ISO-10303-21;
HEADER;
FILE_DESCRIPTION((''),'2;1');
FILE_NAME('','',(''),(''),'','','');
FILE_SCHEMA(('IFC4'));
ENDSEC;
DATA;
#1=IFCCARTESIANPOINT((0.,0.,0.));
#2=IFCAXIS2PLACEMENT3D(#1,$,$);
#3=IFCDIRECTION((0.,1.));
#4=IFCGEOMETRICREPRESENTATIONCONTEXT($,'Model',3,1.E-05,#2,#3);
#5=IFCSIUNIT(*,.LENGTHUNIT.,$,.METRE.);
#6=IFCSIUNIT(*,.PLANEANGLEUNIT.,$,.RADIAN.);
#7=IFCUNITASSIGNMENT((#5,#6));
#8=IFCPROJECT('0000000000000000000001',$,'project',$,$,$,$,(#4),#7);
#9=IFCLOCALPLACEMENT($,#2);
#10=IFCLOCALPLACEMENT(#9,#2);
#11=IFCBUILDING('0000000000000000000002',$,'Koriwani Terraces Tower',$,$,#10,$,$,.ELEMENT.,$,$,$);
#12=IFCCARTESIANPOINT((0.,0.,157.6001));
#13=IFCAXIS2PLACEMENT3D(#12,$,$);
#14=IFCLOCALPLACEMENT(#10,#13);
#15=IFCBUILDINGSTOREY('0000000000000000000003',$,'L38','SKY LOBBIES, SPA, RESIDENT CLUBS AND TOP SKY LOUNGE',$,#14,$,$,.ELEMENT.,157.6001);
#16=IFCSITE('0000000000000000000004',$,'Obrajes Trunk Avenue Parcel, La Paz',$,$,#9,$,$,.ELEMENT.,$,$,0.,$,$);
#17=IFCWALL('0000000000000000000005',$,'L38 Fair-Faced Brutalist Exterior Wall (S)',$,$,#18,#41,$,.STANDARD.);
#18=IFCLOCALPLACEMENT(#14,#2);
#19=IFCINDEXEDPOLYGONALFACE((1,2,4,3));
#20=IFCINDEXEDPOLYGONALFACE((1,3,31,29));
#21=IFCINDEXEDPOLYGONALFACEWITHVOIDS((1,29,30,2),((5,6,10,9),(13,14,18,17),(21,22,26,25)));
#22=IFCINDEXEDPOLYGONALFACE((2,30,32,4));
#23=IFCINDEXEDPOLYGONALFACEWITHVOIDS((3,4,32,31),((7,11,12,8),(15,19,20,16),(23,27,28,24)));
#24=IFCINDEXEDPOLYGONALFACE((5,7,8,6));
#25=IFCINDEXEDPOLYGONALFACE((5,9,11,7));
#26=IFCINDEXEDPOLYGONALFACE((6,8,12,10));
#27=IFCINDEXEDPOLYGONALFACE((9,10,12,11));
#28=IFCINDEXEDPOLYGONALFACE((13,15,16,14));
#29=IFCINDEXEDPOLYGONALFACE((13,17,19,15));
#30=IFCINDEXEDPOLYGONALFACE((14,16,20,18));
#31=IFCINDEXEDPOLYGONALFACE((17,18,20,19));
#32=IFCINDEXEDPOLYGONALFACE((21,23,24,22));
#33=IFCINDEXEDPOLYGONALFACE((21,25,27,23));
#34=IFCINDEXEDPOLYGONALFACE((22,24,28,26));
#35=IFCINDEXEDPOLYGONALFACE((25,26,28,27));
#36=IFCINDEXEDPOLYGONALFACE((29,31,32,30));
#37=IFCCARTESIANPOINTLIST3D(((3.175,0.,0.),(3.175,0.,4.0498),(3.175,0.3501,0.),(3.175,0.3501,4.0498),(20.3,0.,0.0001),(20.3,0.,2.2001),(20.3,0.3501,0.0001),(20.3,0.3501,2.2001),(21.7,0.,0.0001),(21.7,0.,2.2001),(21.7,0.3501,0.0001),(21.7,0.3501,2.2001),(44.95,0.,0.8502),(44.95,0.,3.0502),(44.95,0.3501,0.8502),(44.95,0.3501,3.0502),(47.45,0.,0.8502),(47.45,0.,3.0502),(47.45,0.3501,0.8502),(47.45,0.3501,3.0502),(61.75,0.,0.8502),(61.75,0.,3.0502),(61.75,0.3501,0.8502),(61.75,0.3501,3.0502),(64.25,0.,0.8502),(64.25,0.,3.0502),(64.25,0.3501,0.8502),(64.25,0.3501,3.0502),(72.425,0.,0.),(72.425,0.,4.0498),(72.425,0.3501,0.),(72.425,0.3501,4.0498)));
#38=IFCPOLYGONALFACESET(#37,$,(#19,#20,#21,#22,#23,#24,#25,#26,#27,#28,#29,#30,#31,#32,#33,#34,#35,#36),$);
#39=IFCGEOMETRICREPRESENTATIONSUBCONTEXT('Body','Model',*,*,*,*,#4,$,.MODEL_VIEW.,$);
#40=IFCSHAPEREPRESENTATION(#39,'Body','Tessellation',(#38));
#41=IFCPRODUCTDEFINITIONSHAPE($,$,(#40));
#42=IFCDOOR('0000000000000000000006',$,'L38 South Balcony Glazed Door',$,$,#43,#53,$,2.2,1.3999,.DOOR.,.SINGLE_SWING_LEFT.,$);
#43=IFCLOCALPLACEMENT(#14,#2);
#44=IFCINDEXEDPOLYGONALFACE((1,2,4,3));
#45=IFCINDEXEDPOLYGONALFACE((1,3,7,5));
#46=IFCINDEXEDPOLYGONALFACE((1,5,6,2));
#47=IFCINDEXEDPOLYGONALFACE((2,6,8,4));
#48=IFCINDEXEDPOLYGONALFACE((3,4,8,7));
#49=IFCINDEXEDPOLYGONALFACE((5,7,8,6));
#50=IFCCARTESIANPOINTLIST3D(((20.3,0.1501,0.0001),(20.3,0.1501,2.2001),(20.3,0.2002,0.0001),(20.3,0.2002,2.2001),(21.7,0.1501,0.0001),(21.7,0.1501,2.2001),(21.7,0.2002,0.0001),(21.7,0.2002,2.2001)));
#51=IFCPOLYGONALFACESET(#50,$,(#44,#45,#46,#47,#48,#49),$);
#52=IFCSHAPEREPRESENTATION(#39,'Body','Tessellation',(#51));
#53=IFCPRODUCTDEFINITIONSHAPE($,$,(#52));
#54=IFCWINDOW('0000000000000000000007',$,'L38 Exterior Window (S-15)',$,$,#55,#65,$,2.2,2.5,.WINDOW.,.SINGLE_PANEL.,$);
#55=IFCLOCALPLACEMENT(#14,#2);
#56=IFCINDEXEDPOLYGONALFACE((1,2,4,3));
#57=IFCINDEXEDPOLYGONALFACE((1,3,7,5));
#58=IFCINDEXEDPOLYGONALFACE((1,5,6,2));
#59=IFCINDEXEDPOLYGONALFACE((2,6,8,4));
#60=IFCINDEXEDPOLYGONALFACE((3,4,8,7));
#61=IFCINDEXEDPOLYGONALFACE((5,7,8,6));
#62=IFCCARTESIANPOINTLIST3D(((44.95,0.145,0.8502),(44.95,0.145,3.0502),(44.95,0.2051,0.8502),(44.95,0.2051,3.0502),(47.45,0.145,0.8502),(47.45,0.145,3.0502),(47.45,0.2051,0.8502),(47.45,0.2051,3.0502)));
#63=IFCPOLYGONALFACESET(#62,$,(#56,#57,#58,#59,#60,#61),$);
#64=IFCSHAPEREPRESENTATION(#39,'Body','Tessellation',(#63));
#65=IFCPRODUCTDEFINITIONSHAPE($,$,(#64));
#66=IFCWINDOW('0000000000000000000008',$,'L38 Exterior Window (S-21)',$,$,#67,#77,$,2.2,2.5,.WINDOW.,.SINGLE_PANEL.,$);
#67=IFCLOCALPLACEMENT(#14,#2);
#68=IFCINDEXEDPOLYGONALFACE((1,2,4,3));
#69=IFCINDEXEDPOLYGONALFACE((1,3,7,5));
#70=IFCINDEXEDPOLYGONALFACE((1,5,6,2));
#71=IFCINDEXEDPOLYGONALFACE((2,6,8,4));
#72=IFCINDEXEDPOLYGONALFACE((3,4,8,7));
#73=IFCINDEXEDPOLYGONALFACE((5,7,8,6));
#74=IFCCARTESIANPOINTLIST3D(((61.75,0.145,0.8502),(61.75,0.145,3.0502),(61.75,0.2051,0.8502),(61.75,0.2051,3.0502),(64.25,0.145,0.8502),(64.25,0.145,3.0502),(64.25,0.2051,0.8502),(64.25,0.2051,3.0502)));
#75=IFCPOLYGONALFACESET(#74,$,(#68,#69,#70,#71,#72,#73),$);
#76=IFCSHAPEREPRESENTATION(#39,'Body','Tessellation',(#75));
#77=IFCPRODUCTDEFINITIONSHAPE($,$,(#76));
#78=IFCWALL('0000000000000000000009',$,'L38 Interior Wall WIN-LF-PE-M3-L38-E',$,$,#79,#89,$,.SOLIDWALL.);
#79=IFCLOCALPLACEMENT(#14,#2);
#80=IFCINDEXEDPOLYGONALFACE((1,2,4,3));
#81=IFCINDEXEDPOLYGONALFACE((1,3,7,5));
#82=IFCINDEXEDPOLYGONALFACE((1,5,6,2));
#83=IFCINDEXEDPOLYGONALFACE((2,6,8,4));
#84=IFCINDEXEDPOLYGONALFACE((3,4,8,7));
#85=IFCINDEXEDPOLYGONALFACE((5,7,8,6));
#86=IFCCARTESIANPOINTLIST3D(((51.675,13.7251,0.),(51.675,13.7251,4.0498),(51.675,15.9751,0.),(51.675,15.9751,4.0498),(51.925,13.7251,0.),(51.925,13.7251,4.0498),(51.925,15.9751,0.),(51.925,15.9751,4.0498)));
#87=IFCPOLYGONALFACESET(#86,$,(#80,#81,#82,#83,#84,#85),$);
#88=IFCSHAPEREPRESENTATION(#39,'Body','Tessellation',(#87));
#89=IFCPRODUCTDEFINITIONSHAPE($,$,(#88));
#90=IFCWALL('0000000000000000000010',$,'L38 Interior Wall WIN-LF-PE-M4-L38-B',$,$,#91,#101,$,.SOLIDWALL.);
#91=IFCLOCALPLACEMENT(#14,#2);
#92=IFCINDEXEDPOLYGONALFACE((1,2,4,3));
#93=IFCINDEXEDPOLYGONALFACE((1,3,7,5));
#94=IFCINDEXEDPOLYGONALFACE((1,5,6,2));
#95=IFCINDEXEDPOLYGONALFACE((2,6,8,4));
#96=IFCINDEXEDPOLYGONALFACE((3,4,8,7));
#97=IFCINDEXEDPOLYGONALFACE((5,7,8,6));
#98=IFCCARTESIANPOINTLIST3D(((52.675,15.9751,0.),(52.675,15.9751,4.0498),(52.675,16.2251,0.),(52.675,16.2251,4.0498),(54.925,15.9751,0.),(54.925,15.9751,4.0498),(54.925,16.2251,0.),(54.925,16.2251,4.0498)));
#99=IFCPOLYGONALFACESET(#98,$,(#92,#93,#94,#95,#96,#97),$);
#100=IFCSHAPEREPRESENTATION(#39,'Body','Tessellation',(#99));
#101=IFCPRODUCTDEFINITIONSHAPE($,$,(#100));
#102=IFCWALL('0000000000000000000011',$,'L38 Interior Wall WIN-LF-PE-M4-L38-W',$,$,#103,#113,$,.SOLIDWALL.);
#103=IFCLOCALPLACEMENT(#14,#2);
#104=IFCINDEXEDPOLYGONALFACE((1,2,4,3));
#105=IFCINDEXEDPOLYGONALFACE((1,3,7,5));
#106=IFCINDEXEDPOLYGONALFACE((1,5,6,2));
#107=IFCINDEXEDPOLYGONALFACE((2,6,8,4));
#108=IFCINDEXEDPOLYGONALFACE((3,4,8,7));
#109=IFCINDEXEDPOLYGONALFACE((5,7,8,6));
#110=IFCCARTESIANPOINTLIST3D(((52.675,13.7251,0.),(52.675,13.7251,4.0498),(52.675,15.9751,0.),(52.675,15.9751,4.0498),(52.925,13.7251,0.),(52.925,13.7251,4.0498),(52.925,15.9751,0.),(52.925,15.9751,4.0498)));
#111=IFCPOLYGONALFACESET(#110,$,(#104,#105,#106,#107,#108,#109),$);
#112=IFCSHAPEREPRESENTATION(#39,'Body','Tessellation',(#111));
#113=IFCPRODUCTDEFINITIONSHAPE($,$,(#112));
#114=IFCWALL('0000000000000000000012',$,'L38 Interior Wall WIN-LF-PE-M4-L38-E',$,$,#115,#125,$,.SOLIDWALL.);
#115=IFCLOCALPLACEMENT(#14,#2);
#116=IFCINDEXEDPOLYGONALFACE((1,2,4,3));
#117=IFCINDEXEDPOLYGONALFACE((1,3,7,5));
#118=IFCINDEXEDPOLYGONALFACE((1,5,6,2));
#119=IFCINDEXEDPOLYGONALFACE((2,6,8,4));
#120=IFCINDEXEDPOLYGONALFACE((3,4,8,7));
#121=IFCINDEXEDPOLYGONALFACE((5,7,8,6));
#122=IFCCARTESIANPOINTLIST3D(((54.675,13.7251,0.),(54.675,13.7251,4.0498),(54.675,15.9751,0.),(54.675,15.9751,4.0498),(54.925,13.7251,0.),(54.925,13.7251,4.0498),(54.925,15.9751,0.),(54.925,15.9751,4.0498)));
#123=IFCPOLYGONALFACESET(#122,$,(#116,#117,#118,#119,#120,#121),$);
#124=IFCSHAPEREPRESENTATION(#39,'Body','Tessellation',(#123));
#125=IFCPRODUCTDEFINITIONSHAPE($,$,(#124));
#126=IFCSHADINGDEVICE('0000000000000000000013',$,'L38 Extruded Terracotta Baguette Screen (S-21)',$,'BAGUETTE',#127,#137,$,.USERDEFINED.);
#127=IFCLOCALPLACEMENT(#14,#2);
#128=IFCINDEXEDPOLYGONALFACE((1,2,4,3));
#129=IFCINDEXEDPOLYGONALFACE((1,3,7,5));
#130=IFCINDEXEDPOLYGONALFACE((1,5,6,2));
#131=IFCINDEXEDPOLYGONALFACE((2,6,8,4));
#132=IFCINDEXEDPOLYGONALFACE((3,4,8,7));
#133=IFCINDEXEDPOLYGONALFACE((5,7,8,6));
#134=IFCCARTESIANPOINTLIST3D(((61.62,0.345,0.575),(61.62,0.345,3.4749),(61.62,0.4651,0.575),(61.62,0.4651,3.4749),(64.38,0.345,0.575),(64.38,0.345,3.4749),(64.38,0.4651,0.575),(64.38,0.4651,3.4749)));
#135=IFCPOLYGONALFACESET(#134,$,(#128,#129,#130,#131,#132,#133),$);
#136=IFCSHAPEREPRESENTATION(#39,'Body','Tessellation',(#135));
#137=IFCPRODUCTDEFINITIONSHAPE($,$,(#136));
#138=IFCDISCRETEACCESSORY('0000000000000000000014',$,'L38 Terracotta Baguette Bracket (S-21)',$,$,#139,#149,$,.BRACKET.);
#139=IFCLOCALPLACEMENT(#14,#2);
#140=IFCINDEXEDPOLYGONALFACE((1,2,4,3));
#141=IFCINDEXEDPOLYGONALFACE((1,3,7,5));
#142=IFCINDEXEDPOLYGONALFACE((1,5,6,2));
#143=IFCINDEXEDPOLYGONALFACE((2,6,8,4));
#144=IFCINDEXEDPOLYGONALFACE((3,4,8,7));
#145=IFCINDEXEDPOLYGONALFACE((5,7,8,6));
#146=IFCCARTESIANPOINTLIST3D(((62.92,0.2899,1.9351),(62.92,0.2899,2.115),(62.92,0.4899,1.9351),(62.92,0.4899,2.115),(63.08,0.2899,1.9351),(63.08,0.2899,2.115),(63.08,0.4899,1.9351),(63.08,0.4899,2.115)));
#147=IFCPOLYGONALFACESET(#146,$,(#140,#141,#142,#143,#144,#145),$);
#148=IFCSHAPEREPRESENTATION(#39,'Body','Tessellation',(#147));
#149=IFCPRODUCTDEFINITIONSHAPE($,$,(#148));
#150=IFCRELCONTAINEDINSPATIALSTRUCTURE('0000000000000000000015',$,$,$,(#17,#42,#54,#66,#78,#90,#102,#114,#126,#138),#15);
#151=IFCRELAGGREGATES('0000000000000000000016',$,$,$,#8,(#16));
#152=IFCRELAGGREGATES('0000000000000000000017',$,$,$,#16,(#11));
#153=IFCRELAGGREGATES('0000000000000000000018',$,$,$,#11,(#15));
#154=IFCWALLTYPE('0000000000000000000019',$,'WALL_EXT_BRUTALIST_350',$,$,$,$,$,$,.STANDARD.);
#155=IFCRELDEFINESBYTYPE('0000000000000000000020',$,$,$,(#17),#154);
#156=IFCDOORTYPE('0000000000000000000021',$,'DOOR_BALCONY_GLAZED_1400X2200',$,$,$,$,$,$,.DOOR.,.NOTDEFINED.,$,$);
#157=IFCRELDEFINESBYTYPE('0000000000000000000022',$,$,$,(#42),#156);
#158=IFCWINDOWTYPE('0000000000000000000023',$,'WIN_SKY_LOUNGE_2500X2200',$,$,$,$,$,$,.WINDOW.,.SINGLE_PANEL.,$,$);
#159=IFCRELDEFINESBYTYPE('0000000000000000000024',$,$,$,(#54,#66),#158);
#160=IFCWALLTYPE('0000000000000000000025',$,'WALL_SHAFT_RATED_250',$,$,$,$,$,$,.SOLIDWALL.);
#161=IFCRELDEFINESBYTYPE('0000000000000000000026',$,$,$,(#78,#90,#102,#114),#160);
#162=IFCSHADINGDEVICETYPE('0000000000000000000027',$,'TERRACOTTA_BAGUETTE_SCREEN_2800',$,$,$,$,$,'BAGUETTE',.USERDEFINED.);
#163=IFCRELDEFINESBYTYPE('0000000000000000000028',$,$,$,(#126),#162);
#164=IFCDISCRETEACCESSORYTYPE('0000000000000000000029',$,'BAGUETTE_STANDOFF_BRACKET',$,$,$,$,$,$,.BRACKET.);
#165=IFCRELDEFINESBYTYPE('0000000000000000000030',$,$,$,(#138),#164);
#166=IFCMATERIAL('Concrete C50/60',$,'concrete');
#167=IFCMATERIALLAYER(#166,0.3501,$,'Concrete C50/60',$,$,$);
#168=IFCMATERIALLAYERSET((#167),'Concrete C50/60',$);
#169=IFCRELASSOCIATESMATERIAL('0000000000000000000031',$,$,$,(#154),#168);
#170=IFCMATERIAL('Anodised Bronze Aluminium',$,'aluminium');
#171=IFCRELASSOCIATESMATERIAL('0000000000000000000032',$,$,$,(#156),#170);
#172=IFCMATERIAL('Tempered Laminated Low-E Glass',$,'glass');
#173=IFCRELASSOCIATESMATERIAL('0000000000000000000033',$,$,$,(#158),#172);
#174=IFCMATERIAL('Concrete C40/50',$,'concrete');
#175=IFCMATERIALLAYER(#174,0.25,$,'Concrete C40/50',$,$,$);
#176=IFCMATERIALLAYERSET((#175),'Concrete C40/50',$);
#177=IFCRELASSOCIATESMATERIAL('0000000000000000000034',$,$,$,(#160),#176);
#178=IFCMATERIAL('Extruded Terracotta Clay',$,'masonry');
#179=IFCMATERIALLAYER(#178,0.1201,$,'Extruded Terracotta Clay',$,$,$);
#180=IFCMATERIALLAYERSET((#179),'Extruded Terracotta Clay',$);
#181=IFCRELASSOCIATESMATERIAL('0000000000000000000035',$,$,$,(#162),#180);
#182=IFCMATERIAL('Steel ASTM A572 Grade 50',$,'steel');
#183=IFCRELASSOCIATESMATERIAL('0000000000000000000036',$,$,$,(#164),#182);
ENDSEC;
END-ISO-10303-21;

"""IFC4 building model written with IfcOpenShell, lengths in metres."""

from ifc_helpers import new_model, si_unit, direction, frame, frame_2d, origin, origin_2d, place, context, subcontext, project, spatial, rectangle, extrude, material, layer, layer_set, type_object, element, fill, save


model = new_model("IFC4")

# Units and contexts
model_context = context("Model", 3, precision=1e-05, world=origin(), true_north=direction((0.0, 1.0)))
body_context = subcontext(model_context, "Body", "Model", "MODEL_VIEW")
ifc_project = project(units=[si_unit("LENGTHUNIT", "METRE"), si_unit("PLANEANGLEUNIT", "RADIAN")], contexts=[model_context])

# Site, building, storey
site_placement = place(None, origin())
site = spatial("IfcSite", under=ifc_project, at=site_placement, Name="Obrajes Trunk Avenue Parcel, La Paz", CompositionType="ELEMENT", RefElevation=0.0)
building_placement = place(site_placement, origin())
building = spatial("IfcBuilding", under=site, at=building_placement, Name="Koriwani Terraces Tower", CompositionType="ELEMENT")
storey_placement = place(building_placement, frame((0.0, 0.0, 157.6001)))
storey = spatial("IfcBuildingStorey", under=building, at=storey_placement, Name="L38", Description="SKY LOBBIES, SPA, RESIDENT CLUBS AND TOP SKY LOUNGE", CompositionType="ELEMENT", Elevation=157.6001)

# Shared definitions
ifc_material_1 = material(Name="Concrete C50/60", Category="concrete")

# Shared definitions
ifc_material_2 = material(Name="Concrete C40/50", Category="concrete")

# Shared definitions
ifc_material_3 = material(Name="Anodised Bronze Aluminium", Category="aluminium")

# Shared definitions
ifc_material_4 = material(Name="Steel ASTM A572 Grade 50", Category="steel")

# Shared definitions
ifc_layer_1 = layer(ifc_material_1, 0.3501, Name="Concrete C50/60")
ifc_layer_set_1 = layer_set([ifc_layer_1], Name="Concrete C50/60")
wall_type_1 = type_object("IfcWallType", Name="WALL_EXT_BRUTALIST_350", PredefinedType="STANDARD", material=ifc_layer_set_1)

# Wall, openings, door, windows
wall_1_placement = place(storey_placement, frame((72.425, 0.175, 0.0), z_axis=(0.0, 0.0, 1.0), x_axis=(-1.0, 0.0, 0.0)))
wall_1 = element("IfcWall", 1, at=wall_1_placement, inside=storey, type_object=wall_type_1, Name="L38 Fair-Faced Brutalist Exterior Wall (S)", PredefinedType="STANDARD", context=body_context, shape_type="SweptSolid", body=[
    extrude(rectangle(XDim=69.25, YDim=0.3501, at=frame_2d((34.625, 0.0))), origin(), (0.0, 0.0, 1.0), 4.0498),
])
opening_1_placement = place(wall_1_placement, frame((50.7251, 0.0, 0.0)))
opening_1 = element("IfcOpeningElement", 2, at=opening_1_placement, cuts=wall_1, PredefinedType="OPENING", context=body_context, shape_type="SweptSolid", body=[
    extrude(rectangle(XDim=1.3999, YDim=2.2, at=frame_2d((0.7, 1.1001))), frame((0.0, 0.1851, 0.0), z_axis=(0.0, -1.0, 0.0), x_axis=(1.0, 0.0, 0.0)), (0.0, 0.0, 1.0), 0.3701),
])
opening_2_placement = place(wall_1_placement, frame((24.9751, 0.0, 0.8501)))
opening_2 = element("IfcOpeningElement", 3, at=opening_2_placement, cuts=wall_1, PredefinedType="OPENING", context=body_context, shape_type="SweptSolid", body=[
    extrude(rectangle(XDim=2.5, YDim=2.2, at=frame_2d((1.25, 1.1001))), frame((0.0, 0.1851, 0.0), z_axis=(0.0, -1.0, 0.0), x_axis=(1.0, 0.0, 0.0)), (0.0, 0.0, 1.0), 0.3701),
])
opening_3_placement = place(wall_1_placement, frame((8.175, 0.0, 0.8501)))
opening_3 = element("IfcOpeningElement", 4, at=opening_3_placement, cuts=wall_1, PredefinedType="OPENING", context=body_context, shape_type="SweptSolid", body=[
    extrude(rectangle(XDim=2.5, YDim=2.2, at=frame_2d((1.25, 1.1001))), frame((0.0, 0.1851, 0.0), z_axis=(0.0, -1.0, 0.0), x_axis=(1.0, 0.0, 0.0)), (0.0, 0.0, 1.0), 0.3701),
])
door_type_1 = type_object("IfcDoorType", Name="DOOR_BALCONY_GLAZED_1400X2200", OperationType="NOTDEFINED", PredefinedType="DOOR", material=ifc_material_3)
door_1_placement = place(opening_1_placement, origin())
door_1 = element("IfcDoor", 5, at=door_1_placement, inside=storey, type_object=door_type_1, Name="L38 South Balcony Glazed Door", OperationType="SINGLE_SWING_LEFT", OverallHeight=2.2, OverallWidth=1.3999, PredefinedType="DOOR", context=body_context, shape_type="SweptSolid", body=[
    extrude(rectangle(XDim=1.3999, YDim=2.2, at=frame_2d((0.7, 1.1001))), frame((0.0, 0.0249, 0.0), z_axis=(0.0, -1.0, 0.0), x_axis=(1.0, 0.0, 0.0)), (0.0, 0.0, 1.0), 0.05),
])
fill(opening_1, door_1)
ifc_material_5 = material(Name="Tempered Laminated Low-E Glass", Category="glass")
window_type = type_object("IfcWindowType", Name="WIN_SKY_LOUNGE_2500X2200", PartitioningType="SINGLE_PANEL", PredefinedType="WINDOW", material=ifc_material_5)
window_1_placement = place(opening_2_placement, origin())
window_1 = element("IfcWindow", 6, at=window_1_placement, inside=storey, type_object=window_type, Name="L38 Exterior Window (S-15)", OverallHeight=2.2, OverallWidth=2.5, PartitioningType="SINGLE_PANEL", PredefinedType="WINDOW", context=body_context, shape_type="SweptSolid", body=[
    extrude(rectangle(XDim=2.5, YDim=2.2, at=frame_2d((1.25, 1.1001))), frame((0.0, 0.03, 0.0), z_axis=(0.0, -1.0, 0.0), x_axis=(1.0, 0.0, 0.0)), (0.0, 0.0, 1.0), 0.0601),
])
fill(opening_2, window_1)
window_2_placement = place(opening_3_placement, origin())
window_2 = element("IfcWindow", 7, at=window_2_placement, inside=storey, type_object=window_type, Name="L38 Exterior Window (S-21)", OverallHeight=2.2, OverallWidth=2.5, PartitioningType="SINGLE_PANEL", PredefinedType="WINDOW", context=body_context, shape_type="SweptSolid", body=[
    extrude(rectangle(XDim=2.5, YDim=2.2, at=frame_2d((1.25, 1.1001))), frame((0.0, 0.03, 0.0), z_axis=(0.0, -1.0, 0.0), x_axis=(1.0, 0.0, 0.0)), (0.0, 0.0, 1.0), 0.0601),
])
fill(opening_3, window_2)

# Wall
ifc_layer_2 = layer(ifc_material_2, 0.25, Name="Concrete C40/50")
ifc_layer_set_2 = layer_set([ifc_layer_2], Name="Concrete C40/50")
wall_type_2 = type_object("IfcWallType", Name="WALL_SHAFT_RATED_250", PredefinedType="SOLIDWALL", material=ifc_layer_set_2)
wall_2_placement = place(storey_placement, frame((51.8, 13.7251, 0.0), z_axis=(0.0, 0.0, 1.0), x_axis=(0.0, 1.0, 0.0)))
element("IfcWall", 8, at=wall_2_placement, inside=storey, type_object=wall_type_2, Name="L38 Interior Wall WIN-LF-PE-M3-L38-E", PredefinedType="SOLIDWALL", context=body_context, shape_type="SweptSolid", body=[
    extrude(rectangle(XDim=2.25, YDim=0.25, at=frame_2d((1.125, 0.0))), origin(), (0.0, 0.0, 1.0), 4.0498),
])

# Walls
for number, where, z_axis, x_axis, name in (
    (9, (52.675, 16.1001, 0.0), (0.0, 0.0, 1.0), (1.0, 0.0, 0.0), "L38 Interior Wall WIN-LF-PE-M4-L38-B"),
    (10, (52.8, 13.7251, 0.0), (0.0, 0.0, 1.0), (0.0, 1.0, 0.0), "L38 Interior Wall WIN-LF-PE-M4-L38-W"),
    (11, (54.8, 13.7251, 0.0), (0.0, 0.0, 1.0), (0.0, 1.0, 0.0), "L38 Interior Wall WIN-LF-PE-M4-L38-E"),
):
    element("IfcWall", number, at=place(storey_placement, frame(where, z_axis=z_axis, x_axis=x_axis)), inside=storey, type_object=wall_type_2, Name=name, PredefinedType="SOLIDWALL", context=body_context, shape_type="SweptSolid", body=[
        extrude(rectangle(XDim=2.25, YDim=0.25, at=frame_2d((1.125, 0.0))), origin(), (0.0, 0.0, 1.0), 4.0498),
    ])

# Shading device
ifc_material_6 = material(Name="Extruded Terracotta Clay", Category="masonry")
ifc_layer_3 = layer(ifc_material_6, 0.1201, Name="Extruded Terracotta Clay")
ifc_layer_set_3 = layer_set([ifc_layer_3], Name="Extruded Terracotta Clay")
shading_device_type = type_object("IfcShadingDeviceType", Name="TERRACOTTA_BAGUETTE_SCREEN_2800", ElementType="BAGUETTE", PredefinedType="USERDEFINED", material=ifc_layer_set_3)
shading_device_placement = place(storey_placement, frame((63.0, 0.405, 0.575), z_axis=(0.0, 0.0, 1.0), x_axis=(-1.0, 0.0, 0.0)))
element("IfcShadingDevice", 12, at=shading_device_placement, inside=storey, type_object=shading_device_type, Name="L38 Extruded Terracotta Baguette Screen (S-21)", ObjectType="BAGUETTE", PredefinedType="USERDEFINED", context=body_context, shape_type="SweptSolid", body=[
    extrude(rectangle(XDim=2.76, YDim=0.1201, at=origin_2d()), origin(), (0.0, 0.0, 1.0), 2.8999),
])

# Discrete accessory
discrete_accessory_type = type_object("IfcDiscreteAccessoryType", Name="BAGUETTE_STANDOFF_BRACKET", PredefinedType="BRACKET", material=ifc_material_4)
discrete_accessory_placement = place(storey_placement, frame((63.0, 0.3899, 1.9351), z_axis=(0.0, 0.0, 1.0), x_axis=(-1.0, 0.0, 0.0)))
element("IfcDiscreteAccessory", 13, at=discrete_accessory_placement, inside=storey, type_object=discrete_accessory_type, Name="L38 Terracotta Baguette Bracket (S-21)", PredefinedType="BRACKET", context=body_context, shape_type="SweptSolid", body=[
    extrude(rectangle(XDim=0.1599, YDim=0.2, at=origin_2d()), origin(), (0.0, 0.0, 1.0), 0.1799),
])

save(model, "model.ifc")
